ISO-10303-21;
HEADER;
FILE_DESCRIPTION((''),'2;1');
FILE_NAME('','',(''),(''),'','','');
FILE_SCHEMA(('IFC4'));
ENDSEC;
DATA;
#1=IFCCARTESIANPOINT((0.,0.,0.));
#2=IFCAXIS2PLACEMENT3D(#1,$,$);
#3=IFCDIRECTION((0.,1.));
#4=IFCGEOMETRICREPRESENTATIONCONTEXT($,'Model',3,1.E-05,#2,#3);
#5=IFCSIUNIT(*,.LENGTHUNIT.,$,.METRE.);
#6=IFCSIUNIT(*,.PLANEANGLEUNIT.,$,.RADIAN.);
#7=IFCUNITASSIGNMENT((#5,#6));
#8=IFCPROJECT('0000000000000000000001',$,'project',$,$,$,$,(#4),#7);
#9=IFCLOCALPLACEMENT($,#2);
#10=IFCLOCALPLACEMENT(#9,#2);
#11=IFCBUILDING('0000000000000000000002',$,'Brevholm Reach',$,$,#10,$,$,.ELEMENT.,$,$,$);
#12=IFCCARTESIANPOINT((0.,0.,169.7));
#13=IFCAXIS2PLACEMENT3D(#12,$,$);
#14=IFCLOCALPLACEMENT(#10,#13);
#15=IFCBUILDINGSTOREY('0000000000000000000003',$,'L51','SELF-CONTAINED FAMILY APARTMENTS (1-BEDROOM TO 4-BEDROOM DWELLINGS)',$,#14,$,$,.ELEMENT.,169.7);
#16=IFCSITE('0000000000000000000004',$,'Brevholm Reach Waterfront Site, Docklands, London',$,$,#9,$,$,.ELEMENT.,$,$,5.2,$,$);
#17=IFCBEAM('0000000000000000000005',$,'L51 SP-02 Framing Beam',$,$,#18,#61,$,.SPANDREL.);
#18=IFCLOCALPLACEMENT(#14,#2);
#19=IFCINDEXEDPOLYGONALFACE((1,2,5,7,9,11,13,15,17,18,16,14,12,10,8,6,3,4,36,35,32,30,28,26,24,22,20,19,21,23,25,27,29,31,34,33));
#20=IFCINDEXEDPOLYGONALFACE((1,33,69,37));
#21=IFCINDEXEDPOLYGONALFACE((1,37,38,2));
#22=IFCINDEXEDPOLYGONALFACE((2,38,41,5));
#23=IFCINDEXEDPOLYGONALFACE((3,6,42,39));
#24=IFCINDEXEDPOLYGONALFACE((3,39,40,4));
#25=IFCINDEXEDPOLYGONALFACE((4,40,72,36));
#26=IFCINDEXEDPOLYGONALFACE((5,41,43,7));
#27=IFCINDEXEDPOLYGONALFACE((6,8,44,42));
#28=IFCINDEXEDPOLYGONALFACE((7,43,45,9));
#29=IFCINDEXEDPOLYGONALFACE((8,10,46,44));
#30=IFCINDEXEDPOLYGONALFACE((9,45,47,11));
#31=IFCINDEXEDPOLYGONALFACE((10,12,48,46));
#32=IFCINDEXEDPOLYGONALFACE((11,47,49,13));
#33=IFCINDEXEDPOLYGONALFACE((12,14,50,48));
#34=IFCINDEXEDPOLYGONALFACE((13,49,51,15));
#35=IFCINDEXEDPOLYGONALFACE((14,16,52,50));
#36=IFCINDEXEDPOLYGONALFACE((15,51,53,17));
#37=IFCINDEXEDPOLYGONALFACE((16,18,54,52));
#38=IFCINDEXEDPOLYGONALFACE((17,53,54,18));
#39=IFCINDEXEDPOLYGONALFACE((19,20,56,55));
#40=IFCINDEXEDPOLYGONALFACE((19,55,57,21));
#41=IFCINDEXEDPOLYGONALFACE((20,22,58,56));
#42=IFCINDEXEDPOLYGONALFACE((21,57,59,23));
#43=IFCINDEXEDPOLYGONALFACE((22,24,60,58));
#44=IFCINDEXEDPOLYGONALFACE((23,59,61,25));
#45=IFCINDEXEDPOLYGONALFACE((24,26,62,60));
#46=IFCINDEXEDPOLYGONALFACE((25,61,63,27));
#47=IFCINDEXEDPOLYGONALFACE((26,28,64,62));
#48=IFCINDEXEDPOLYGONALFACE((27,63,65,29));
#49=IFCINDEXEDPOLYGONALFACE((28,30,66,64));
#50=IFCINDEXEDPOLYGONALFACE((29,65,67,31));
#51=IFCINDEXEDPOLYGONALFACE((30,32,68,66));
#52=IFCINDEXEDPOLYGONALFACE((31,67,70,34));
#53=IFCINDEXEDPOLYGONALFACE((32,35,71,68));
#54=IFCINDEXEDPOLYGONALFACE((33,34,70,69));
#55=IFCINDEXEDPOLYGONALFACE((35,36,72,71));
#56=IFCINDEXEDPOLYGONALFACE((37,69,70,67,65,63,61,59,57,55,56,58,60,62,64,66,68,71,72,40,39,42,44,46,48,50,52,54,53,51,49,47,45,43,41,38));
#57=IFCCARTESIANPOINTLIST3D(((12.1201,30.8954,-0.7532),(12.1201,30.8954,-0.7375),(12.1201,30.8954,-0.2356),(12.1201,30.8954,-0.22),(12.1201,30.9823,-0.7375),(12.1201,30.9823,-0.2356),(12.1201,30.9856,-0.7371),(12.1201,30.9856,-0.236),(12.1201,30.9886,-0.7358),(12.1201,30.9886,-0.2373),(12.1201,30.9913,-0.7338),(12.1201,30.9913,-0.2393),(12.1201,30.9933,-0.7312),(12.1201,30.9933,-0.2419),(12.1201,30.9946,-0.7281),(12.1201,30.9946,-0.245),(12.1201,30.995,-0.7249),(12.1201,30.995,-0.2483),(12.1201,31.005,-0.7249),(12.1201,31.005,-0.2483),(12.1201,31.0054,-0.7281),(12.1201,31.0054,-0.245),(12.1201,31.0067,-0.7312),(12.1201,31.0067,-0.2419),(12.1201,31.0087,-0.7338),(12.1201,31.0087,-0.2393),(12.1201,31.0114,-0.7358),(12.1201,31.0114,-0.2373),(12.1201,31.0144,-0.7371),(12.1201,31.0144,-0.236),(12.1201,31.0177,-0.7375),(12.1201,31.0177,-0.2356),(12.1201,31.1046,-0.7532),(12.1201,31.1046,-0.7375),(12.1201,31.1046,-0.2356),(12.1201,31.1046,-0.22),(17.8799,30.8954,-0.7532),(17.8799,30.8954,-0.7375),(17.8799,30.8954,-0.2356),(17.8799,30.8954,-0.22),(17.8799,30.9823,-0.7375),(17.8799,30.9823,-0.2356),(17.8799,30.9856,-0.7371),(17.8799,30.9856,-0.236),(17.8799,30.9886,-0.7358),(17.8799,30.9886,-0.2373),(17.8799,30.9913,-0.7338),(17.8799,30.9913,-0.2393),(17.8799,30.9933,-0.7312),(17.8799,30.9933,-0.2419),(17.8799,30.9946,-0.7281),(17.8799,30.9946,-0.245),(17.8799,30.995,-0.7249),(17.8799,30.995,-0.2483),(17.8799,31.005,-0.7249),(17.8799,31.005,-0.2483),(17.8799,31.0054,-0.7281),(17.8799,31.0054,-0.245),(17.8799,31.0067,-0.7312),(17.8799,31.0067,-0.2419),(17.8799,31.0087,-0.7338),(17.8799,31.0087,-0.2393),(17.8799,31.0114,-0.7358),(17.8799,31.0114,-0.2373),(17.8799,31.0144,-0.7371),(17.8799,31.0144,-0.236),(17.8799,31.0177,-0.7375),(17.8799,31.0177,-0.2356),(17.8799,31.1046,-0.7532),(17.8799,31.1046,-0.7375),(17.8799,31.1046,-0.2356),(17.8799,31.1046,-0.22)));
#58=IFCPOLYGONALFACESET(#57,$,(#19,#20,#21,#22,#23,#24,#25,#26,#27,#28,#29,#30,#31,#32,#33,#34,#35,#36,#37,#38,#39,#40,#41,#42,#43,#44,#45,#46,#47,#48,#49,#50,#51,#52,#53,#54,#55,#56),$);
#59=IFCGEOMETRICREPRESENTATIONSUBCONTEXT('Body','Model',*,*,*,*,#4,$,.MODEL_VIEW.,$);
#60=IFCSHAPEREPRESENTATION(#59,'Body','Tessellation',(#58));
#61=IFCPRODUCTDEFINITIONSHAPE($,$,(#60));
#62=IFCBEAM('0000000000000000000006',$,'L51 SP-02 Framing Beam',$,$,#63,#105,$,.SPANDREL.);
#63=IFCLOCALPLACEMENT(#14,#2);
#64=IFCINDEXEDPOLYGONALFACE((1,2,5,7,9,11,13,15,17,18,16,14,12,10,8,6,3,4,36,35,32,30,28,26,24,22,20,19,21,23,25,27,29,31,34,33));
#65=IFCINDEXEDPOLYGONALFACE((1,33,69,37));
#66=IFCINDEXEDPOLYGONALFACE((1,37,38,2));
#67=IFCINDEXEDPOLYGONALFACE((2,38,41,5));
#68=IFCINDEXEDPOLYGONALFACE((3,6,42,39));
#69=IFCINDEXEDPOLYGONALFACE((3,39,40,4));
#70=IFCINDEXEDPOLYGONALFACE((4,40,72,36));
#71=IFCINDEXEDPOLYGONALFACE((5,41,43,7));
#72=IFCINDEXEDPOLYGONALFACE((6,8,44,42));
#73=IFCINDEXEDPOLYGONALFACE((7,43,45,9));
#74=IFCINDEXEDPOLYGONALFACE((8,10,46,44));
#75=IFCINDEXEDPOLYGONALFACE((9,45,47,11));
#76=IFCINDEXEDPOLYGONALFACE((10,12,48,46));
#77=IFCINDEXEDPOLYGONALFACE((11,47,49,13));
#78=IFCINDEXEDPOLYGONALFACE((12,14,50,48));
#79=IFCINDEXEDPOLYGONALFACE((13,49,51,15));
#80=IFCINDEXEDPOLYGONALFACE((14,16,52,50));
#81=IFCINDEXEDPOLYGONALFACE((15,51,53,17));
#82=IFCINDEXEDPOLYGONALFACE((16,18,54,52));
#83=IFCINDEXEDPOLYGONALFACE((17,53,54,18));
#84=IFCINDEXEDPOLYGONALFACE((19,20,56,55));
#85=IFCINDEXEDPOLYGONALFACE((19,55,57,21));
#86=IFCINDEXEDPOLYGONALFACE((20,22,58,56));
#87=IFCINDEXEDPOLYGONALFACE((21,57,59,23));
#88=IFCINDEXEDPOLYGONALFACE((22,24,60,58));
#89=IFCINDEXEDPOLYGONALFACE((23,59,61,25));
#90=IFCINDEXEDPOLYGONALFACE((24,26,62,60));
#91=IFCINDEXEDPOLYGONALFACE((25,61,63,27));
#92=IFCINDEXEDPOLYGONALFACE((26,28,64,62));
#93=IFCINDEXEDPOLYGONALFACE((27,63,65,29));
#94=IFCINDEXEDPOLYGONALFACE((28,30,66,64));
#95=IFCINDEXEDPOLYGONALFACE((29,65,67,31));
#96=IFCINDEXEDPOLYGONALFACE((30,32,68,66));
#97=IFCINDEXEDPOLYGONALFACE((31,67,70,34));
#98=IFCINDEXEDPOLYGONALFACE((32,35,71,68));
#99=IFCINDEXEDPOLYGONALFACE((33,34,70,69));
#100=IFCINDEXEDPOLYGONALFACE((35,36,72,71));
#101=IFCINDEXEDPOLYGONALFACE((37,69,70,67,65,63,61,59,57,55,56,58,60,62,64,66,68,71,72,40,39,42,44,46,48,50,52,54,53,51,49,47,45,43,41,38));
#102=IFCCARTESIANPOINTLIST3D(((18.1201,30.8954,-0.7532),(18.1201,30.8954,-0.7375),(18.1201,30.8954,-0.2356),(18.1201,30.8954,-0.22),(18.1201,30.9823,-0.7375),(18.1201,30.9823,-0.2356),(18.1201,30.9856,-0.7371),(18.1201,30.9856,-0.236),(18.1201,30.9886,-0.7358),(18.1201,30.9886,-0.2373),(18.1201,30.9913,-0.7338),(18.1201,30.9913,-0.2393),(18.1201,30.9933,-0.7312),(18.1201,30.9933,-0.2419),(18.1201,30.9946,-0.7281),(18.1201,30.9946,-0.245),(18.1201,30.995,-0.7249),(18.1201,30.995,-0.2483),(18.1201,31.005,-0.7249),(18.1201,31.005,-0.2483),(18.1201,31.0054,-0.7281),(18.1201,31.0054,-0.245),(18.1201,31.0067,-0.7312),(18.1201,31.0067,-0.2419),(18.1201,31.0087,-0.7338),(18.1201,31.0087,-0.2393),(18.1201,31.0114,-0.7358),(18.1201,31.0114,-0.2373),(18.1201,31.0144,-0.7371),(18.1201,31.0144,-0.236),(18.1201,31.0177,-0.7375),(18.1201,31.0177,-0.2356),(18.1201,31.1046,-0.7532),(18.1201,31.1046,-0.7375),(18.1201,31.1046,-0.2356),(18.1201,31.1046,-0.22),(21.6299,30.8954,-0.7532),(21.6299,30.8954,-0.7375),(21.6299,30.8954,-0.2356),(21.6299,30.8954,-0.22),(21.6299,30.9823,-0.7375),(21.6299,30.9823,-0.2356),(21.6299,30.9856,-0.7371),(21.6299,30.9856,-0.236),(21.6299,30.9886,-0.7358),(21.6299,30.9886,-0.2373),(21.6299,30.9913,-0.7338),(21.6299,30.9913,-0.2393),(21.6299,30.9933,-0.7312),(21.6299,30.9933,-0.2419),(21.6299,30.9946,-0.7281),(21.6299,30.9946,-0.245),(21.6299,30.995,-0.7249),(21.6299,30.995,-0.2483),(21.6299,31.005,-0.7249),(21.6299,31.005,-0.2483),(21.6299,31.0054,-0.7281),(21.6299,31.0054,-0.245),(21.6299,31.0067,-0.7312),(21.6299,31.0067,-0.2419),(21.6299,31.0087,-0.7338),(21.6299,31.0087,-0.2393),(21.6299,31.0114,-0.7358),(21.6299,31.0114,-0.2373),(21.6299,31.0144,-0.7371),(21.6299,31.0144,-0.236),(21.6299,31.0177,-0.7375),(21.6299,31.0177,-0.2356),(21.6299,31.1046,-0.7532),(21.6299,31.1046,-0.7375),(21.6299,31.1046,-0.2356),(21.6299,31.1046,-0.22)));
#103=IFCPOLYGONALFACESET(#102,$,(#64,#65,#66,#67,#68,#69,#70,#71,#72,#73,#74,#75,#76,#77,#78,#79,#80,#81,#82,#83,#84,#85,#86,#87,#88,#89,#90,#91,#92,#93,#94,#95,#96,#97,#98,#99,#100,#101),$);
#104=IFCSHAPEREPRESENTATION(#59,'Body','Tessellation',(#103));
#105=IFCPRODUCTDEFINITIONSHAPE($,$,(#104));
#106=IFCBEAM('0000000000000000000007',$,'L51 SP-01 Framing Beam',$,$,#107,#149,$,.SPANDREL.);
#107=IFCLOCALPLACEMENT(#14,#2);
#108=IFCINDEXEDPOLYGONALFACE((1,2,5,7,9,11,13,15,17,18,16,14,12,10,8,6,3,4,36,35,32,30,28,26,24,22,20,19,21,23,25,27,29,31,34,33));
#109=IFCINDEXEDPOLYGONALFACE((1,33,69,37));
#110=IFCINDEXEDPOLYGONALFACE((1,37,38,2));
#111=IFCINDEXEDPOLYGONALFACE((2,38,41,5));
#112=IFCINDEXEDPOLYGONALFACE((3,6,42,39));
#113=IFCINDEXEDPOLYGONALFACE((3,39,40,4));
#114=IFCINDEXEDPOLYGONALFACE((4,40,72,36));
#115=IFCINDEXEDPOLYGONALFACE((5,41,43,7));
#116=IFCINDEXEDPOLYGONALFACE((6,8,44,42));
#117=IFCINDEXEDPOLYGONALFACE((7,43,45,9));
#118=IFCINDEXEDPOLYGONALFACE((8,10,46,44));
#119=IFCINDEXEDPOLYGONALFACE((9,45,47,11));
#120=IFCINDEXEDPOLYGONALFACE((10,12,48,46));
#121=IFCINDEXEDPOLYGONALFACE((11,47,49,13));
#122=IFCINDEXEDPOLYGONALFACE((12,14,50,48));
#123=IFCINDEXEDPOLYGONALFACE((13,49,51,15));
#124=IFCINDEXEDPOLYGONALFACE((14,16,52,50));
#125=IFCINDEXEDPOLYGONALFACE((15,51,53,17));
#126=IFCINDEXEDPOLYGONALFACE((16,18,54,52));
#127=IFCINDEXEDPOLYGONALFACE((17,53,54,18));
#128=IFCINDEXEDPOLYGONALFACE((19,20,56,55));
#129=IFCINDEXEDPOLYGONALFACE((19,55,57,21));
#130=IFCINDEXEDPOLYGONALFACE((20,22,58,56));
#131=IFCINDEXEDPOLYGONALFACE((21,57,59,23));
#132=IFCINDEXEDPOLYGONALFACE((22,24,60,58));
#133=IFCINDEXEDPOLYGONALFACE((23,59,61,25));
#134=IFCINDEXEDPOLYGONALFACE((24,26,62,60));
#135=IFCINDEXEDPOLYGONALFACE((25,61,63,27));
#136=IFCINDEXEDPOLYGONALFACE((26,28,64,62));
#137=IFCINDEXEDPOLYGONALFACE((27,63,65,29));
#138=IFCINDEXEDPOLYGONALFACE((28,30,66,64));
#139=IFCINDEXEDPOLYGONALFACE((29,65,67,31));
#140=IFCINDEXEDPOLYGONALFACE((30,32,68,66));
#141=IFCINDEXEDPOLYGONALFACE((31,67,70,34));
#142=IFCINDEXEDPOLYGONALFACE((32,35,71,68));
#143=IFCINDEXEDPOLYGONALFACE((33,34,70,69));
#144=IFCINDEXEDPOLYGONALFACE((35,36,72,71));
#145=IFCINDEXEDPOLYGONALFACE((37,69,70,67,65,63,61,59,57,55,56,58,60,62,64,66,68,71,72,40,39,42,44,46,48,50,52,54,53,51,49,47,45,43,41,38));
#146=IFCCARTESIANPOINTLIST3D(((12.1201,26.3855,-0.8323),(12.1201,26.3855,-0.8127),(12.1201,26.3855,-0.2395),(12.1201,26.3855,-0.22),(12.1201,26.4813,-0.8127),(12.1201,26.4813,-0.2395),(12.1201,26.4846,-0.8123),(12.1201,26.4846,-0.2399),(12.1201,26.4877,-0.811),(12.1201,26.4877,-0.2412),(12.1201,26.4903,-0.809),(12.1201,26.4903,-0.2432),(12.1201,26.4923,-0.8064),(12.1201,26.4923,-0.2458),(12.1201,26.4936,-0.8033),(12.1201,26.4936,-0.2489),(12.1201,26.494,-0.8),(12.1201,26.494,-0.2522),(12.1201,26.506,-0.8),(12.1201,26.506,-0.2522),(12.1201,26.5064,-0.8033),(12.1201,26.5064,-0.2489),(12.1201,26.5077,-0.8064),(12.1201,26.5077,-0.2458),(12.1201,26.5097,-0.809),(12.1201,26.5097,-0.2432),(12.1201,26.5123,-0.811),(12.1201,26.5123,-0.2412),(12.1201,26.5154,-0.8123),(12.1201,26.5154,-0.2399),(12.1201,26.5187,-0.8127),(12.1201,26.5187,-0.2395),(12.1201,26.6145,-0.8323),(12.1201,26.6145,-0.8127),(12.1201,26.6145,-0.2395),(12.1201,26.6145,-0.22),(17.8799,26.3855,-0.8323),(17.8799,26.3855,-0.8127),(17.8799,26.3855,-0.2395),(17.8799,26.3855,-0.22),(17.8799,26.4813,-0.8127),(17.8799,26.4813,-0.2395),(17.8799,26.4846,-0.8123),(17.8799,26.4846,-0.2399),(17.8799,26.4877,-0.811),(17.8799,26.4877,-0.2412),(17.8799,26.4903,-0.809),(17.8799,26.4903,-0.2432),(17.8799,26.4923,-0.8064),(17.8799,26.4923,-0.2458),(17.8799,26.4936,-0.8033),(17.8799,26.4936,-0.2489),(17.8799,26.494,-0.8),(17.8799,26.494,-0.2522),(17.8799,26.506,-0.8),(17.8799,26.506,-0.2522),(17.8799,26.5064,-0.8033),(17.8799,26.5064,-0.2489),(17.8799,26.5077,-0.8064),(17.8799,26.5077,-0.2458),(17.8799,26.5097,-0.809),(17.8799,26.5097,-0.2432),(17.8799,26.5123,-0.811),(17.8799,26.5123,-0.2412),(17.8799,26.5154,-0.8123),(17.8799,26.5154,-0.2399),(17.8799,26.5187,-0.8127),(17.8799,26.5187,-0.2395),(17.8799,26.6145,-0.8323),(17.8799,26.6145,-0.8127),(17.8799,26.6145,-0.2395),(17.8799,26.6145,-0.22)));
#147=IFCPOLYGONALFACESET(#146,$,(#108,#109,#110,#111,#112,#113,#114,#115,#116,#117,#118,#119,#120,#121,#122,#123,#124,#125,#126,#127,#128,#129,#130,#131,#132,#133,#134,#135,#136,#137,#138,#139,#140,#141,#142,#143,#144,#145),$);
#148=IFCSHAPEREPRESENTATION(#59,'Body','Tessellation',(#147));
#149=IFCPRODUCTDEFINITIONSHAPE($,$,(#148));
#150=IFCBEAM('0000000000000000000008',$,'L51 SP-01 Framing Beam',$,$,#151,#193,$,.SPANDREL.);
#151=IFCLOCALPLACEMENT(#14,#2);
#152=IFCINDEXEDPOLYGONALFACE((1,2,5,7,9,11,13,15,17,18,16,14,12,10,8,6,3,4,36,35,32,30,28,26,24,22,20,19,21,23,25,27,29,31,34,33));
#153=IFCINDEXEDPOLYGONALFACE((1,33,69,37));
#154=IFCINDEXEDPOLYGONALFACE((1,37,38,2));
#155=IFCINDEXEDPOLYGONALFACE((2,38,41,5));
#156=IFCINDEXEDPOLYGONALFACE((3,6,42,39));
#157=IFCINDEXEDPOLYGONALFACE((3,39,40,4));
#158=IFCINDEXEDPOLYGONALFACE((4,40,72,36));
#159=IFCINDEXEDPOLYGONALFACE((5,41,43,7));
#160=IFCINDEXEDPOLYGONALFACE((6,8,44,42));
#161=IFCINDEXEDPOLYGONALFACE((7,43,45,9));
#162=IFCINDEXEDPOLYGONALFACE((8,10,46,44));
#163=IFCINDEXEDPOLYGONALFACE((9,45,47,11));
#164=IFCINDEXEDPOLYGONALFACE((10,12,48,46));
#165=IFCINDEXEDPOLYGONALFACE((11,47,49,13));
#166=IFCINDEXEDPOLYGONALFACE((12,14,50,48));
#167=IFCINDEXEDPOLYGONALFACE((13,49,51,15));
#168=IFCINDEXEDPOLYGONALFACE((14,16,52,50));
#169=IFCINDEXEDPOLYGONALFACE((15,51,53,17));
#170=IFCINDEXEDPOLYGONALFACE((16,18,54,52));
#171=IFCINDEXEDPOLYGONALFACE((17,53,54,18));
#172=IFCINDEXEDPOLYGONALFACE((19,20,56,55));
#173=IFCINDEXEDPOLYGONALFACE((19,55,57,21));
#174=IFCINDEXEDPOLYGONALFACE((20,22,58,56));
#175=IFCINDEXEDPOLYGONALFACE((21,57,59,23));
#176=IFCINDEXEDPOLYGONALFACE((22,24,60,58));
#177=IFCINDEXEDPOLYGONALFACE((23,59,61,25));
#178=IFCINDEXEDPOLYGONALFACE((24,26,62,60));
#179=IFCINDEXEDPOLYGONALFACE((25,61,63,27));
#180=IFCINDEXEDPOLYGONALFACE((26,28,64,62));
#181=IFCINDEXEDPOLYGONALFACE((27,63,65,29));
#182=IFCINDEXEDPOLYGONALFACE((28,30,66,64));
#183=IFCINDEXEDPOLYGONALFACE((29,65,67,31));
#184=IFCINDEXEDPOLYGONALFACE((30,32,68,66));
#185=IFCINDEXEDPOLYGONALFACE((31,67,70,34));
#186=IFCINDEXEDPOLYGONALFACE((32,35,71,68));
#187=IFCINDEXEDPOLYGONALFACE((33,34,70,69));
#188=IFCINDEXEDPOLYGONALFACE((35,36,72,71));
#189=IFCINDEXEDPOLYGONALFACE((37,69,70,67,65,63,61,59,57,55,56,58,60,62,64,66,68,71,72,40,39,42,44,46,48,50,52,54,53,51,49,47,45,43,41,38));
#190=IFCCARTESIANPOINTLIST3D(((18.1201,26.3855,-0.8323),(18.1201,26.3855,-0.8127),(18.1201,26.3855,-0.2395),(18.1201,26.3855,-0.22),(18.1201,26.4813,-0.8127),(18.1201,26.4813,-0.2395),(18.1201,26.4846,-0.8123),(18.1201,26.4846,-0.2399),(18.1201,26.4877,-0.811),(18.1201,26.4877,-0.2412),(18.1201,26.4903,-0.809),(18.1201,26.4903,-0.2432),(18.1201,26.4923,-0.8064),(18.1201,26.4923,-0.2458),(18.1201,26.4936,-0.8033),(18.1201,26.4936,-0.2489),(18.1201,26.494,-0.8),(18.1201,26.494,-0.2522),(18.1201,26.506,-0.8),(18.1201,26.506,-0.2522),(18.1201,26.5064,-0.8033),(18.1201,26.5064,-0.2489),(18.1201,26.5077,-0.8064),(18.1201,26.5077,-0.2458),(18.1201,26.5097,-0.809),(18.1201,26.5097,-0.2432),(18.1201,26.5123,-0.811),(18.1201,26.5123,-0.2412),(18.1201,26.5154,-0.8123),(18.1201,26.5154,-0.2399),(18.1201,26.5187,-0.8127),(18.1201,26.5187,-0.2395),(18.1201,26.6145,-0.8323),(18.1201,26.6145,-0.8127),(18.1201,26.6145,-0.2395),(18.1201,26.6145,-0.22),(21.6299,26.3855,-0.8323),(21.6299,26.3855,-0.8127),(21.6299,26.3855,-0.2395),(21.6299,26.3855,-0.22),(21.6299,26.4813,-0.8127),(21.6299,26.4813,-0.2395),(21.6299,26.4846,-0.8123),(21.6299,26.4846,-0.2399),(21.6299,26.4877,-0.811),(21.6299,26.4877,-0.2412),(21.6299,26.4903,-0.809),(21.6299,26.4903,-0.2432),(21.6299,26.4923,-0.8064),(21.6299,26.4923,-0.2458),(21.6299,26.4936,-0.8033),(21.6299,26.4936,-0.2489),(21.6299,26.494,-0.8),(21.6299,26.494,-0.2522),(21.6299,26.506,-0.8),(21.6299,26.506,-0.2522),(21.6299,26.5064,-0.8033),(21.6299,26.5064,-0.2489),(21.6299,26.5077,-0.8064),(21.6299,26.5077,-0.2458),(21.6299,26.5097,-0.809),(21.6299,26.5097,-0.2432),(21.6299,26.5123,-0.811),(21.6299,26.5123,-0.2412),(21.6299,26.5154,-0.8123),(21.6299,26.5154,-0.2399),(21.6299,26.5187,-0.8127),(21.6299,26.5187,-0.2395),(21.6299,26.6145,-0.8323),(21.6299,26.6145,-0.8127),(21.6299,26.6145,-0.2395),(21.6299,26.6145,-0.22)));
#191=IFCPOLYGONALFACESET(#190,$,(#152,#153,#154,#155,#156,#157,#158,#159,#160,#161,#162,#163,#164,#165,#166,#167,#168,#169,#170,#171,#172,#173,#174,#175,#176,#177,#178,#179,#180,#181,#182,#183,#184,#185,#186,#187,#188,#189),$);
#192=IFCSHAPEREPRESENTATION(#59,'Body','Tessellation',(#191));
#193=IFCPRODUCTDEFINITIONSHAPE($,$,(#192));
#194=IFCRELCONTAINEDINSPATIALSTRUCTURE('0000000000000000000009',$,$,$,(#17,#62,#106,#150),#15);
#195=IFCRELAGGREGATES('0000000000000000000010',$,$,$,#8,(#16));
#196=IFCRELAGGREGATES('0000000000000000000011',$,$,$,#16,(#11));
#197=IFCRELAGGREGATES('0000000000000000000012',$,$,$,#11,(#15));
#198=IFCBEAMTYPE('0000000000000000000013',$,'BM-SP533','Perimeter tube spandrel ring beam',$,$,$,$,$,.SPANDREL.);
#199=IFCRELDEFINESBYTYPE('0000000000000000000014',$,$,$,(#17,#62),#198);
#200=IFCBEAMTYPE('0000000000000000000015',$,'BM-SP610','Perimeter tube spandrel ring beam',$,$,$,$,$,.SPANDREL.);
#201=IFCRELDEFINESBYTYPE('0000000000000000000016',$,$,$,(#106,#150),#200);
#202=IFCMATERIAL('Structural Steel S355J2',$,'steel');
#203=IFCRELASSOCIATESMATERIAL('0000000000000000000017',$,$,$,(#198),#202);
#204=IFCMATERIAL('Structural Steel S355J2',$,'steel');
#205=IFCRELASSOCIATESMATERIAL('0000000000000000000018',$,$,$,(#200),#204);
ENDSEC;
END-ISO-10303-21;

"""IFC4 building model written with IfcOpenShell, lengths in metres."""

from ifc_helpers import new_model, si_unit, direction, frame, origin, origin_2d, place, context, subcontext, project, spatial, i_section, extrude, material, material_profile, profile_set, type_object, element, save


model = new_model("IFC4")

# Units and contexts
model_context = context("Model", 3, precision=1e-05, world=origin(), true_north=direction((0.0, 1.0)))
body_context = subcontext(model_context, "Body", "Model", "MODEL_VIEW")
ifc_project = project(units=[si_unit("LENGTHUNIT", "METRE"), si_unit("PLANEANGLEUNIT", "RADIAN")], contexts=[model_context])

# Site, building, storey
site_placement = place(None, origin())
site = spatial("IfcSite", under=ifc_project, at=site_placement, Name="Brevholm Reach Waterfront Site, Docklands, London", CompositionType="ELEMENT", RefElevation=5.2)
building_placement = place(site_placement, origin())
building = spatial("IfcBuilding", under=site, at=building_placement, Name="Brevholm Reach", CompositionType="ELEMENT")
storey_placement = place(building_placement, frame((0.0, 0.0, 169.7)))
storey = spatial("IfcBuildingStorey", under=building, at=storey_placement, Name="L51", Description="SELF-CONTAINED FAMILY APARTMENTS (1-BEDROOM TO 4-BEDROOM DWELLINGS)", CompositionType="ELEMENT", Elevation=169.7)

# Beams
ifc_material_1 = material(Name="Structural Steel S355J2", Category="steel")
ifc_material_profile_1 = material_profile(ifc_material_1, i_section(OverallWidth=0.2092, OverallDepth=0.5332, WebThickness=0.01, FlangeThickness=0.0156, FilletRadius=0.0127, at=origin_2d()), Name="UKB 533x210x92")
ifc_profile_set_1 = profile_set([ifc_material_profile_1], Name="Structural Steel S355J2")
beam_type_1 = type_object("IfcBeamType", Name="BM-SP533", Description="Perimeter tube spandrel ring beam", PredefinedType="SPANDREL", material=ifc_profile_set_1)
beam_1_placement = place(storey_placement, frame((12.1201, 31.0, -0.4866), z_axis=(1.0, 0.0, 0.0), x_axis=(0.0, 1.0, 0.0)))
element("IfcBeam", 1, at=beam_1_placement, inside=storey, type_object=beam_type_1, Name="L51 SP-02 Framing Beam", PredefinedType="SPANDREL", context=body_context, shape_type="SweptSolid", body=[
    extrude(i_section(OverallWidth=0.2092, OverallDepth=0.5332, WebThickness=0.01, FlangeThickness=0.0156, FilletRadius=0.0127, at=origin_2d()), origin(), (0.0, 0.0, 1.0), 5.7598),
])
beam_2_placement = place(storey_placement, frame((18.1201, 31.0, -0.4866), z_axis=(1.0, 0.0, 0.0), x_axis=(0.0, 1.0, 0.0)))
element("IfcBeam", 2, at=beam_2_placement, inside=storey, type_object=beam_type_1, Name="L51 SP-02 Framing Beam", PredefinedType="SPANDREL", context=body_context, shape_type="SweptSolid", body=[
    extrude(i_section(OverallWidth=0.2092, OverallDepth=0.5332, WebThickness=0.01, FlangeThickness=0.0156, FilletRadius=0.0127, at=origin_2d()), origin(), (0.0, 0.0, 1.0), 3.5098),
])
ifc_material_2 = material(Name="Structural Steel S355J2", Category="steel")
ifc_material_profile_2 = material_profile(ifc_material_2, i_section(OverallWidth=0.229, OverallDepth=0.6123, WebThickness=0.012, FlangeThickness=0.0195, FilletRadius=0.0127, at=origin_2d()), Name="UKB 610x229x125")
ifc_profile_set_2 = profile_set([ifc_material_profile_2], Name="Structural Steel S355J2")
beam_type_2 = type_object("IfcBeamType", Name="BM-SP610", Description="Perimeter tube spandrel ring beam", PredefinedType="SPANDREL", material=ifc_profile_set_2)
beam_3_placement = place(storey_placement, frame((12.1201, 26.5, -0.5261), z_axis=(1.0, 0.0, 0.0), x_axis=(0.0, 1.0, 0.0)))
element("IfcBeam", 3, at=beam_3_placement, inside=storey, type_object=beam_type_2, Name="L51 SP-01 Framing Beam", PredefinedType="SPANDREL", context=body_context, shape_type="SweptSolid", body=[
    extrude(i_section(OverallWidth=0.229, OverallDepth=0.6123, WebThickness=0.012, FlangeThickness=0.0195, FilletRadius=0.0127, at=origin_2d()), origin(), (0.0, 0.0, 1.0), 5.7598),
])
beam_4_placement = place(storey_placement, frame((18.1201, 26.5, -0.5261), z_axis=(1.0, 0.0, 0.0), x_axis=(0.0, 1.0, 0.0)))
element("IfcBeam", 4, at=beam_4_placement, inside=storey, type_object=beam_type_2, Name="L51 SP-01 Framing Beam", PredefinedType="SPANDREL", context=body_context, shape_type="SweptSolid", body=[
    extrude(i_section(OverallWidth=0.229, OverallDepth=0.6123, WebThickness=0.012, FlangeThickness=0.0195, FilletRadius=0.0127, at=origin_2d()), origin(), (0.0, 0.0, 1.0), 3.5098),
])

save(model, "model.ifc")
